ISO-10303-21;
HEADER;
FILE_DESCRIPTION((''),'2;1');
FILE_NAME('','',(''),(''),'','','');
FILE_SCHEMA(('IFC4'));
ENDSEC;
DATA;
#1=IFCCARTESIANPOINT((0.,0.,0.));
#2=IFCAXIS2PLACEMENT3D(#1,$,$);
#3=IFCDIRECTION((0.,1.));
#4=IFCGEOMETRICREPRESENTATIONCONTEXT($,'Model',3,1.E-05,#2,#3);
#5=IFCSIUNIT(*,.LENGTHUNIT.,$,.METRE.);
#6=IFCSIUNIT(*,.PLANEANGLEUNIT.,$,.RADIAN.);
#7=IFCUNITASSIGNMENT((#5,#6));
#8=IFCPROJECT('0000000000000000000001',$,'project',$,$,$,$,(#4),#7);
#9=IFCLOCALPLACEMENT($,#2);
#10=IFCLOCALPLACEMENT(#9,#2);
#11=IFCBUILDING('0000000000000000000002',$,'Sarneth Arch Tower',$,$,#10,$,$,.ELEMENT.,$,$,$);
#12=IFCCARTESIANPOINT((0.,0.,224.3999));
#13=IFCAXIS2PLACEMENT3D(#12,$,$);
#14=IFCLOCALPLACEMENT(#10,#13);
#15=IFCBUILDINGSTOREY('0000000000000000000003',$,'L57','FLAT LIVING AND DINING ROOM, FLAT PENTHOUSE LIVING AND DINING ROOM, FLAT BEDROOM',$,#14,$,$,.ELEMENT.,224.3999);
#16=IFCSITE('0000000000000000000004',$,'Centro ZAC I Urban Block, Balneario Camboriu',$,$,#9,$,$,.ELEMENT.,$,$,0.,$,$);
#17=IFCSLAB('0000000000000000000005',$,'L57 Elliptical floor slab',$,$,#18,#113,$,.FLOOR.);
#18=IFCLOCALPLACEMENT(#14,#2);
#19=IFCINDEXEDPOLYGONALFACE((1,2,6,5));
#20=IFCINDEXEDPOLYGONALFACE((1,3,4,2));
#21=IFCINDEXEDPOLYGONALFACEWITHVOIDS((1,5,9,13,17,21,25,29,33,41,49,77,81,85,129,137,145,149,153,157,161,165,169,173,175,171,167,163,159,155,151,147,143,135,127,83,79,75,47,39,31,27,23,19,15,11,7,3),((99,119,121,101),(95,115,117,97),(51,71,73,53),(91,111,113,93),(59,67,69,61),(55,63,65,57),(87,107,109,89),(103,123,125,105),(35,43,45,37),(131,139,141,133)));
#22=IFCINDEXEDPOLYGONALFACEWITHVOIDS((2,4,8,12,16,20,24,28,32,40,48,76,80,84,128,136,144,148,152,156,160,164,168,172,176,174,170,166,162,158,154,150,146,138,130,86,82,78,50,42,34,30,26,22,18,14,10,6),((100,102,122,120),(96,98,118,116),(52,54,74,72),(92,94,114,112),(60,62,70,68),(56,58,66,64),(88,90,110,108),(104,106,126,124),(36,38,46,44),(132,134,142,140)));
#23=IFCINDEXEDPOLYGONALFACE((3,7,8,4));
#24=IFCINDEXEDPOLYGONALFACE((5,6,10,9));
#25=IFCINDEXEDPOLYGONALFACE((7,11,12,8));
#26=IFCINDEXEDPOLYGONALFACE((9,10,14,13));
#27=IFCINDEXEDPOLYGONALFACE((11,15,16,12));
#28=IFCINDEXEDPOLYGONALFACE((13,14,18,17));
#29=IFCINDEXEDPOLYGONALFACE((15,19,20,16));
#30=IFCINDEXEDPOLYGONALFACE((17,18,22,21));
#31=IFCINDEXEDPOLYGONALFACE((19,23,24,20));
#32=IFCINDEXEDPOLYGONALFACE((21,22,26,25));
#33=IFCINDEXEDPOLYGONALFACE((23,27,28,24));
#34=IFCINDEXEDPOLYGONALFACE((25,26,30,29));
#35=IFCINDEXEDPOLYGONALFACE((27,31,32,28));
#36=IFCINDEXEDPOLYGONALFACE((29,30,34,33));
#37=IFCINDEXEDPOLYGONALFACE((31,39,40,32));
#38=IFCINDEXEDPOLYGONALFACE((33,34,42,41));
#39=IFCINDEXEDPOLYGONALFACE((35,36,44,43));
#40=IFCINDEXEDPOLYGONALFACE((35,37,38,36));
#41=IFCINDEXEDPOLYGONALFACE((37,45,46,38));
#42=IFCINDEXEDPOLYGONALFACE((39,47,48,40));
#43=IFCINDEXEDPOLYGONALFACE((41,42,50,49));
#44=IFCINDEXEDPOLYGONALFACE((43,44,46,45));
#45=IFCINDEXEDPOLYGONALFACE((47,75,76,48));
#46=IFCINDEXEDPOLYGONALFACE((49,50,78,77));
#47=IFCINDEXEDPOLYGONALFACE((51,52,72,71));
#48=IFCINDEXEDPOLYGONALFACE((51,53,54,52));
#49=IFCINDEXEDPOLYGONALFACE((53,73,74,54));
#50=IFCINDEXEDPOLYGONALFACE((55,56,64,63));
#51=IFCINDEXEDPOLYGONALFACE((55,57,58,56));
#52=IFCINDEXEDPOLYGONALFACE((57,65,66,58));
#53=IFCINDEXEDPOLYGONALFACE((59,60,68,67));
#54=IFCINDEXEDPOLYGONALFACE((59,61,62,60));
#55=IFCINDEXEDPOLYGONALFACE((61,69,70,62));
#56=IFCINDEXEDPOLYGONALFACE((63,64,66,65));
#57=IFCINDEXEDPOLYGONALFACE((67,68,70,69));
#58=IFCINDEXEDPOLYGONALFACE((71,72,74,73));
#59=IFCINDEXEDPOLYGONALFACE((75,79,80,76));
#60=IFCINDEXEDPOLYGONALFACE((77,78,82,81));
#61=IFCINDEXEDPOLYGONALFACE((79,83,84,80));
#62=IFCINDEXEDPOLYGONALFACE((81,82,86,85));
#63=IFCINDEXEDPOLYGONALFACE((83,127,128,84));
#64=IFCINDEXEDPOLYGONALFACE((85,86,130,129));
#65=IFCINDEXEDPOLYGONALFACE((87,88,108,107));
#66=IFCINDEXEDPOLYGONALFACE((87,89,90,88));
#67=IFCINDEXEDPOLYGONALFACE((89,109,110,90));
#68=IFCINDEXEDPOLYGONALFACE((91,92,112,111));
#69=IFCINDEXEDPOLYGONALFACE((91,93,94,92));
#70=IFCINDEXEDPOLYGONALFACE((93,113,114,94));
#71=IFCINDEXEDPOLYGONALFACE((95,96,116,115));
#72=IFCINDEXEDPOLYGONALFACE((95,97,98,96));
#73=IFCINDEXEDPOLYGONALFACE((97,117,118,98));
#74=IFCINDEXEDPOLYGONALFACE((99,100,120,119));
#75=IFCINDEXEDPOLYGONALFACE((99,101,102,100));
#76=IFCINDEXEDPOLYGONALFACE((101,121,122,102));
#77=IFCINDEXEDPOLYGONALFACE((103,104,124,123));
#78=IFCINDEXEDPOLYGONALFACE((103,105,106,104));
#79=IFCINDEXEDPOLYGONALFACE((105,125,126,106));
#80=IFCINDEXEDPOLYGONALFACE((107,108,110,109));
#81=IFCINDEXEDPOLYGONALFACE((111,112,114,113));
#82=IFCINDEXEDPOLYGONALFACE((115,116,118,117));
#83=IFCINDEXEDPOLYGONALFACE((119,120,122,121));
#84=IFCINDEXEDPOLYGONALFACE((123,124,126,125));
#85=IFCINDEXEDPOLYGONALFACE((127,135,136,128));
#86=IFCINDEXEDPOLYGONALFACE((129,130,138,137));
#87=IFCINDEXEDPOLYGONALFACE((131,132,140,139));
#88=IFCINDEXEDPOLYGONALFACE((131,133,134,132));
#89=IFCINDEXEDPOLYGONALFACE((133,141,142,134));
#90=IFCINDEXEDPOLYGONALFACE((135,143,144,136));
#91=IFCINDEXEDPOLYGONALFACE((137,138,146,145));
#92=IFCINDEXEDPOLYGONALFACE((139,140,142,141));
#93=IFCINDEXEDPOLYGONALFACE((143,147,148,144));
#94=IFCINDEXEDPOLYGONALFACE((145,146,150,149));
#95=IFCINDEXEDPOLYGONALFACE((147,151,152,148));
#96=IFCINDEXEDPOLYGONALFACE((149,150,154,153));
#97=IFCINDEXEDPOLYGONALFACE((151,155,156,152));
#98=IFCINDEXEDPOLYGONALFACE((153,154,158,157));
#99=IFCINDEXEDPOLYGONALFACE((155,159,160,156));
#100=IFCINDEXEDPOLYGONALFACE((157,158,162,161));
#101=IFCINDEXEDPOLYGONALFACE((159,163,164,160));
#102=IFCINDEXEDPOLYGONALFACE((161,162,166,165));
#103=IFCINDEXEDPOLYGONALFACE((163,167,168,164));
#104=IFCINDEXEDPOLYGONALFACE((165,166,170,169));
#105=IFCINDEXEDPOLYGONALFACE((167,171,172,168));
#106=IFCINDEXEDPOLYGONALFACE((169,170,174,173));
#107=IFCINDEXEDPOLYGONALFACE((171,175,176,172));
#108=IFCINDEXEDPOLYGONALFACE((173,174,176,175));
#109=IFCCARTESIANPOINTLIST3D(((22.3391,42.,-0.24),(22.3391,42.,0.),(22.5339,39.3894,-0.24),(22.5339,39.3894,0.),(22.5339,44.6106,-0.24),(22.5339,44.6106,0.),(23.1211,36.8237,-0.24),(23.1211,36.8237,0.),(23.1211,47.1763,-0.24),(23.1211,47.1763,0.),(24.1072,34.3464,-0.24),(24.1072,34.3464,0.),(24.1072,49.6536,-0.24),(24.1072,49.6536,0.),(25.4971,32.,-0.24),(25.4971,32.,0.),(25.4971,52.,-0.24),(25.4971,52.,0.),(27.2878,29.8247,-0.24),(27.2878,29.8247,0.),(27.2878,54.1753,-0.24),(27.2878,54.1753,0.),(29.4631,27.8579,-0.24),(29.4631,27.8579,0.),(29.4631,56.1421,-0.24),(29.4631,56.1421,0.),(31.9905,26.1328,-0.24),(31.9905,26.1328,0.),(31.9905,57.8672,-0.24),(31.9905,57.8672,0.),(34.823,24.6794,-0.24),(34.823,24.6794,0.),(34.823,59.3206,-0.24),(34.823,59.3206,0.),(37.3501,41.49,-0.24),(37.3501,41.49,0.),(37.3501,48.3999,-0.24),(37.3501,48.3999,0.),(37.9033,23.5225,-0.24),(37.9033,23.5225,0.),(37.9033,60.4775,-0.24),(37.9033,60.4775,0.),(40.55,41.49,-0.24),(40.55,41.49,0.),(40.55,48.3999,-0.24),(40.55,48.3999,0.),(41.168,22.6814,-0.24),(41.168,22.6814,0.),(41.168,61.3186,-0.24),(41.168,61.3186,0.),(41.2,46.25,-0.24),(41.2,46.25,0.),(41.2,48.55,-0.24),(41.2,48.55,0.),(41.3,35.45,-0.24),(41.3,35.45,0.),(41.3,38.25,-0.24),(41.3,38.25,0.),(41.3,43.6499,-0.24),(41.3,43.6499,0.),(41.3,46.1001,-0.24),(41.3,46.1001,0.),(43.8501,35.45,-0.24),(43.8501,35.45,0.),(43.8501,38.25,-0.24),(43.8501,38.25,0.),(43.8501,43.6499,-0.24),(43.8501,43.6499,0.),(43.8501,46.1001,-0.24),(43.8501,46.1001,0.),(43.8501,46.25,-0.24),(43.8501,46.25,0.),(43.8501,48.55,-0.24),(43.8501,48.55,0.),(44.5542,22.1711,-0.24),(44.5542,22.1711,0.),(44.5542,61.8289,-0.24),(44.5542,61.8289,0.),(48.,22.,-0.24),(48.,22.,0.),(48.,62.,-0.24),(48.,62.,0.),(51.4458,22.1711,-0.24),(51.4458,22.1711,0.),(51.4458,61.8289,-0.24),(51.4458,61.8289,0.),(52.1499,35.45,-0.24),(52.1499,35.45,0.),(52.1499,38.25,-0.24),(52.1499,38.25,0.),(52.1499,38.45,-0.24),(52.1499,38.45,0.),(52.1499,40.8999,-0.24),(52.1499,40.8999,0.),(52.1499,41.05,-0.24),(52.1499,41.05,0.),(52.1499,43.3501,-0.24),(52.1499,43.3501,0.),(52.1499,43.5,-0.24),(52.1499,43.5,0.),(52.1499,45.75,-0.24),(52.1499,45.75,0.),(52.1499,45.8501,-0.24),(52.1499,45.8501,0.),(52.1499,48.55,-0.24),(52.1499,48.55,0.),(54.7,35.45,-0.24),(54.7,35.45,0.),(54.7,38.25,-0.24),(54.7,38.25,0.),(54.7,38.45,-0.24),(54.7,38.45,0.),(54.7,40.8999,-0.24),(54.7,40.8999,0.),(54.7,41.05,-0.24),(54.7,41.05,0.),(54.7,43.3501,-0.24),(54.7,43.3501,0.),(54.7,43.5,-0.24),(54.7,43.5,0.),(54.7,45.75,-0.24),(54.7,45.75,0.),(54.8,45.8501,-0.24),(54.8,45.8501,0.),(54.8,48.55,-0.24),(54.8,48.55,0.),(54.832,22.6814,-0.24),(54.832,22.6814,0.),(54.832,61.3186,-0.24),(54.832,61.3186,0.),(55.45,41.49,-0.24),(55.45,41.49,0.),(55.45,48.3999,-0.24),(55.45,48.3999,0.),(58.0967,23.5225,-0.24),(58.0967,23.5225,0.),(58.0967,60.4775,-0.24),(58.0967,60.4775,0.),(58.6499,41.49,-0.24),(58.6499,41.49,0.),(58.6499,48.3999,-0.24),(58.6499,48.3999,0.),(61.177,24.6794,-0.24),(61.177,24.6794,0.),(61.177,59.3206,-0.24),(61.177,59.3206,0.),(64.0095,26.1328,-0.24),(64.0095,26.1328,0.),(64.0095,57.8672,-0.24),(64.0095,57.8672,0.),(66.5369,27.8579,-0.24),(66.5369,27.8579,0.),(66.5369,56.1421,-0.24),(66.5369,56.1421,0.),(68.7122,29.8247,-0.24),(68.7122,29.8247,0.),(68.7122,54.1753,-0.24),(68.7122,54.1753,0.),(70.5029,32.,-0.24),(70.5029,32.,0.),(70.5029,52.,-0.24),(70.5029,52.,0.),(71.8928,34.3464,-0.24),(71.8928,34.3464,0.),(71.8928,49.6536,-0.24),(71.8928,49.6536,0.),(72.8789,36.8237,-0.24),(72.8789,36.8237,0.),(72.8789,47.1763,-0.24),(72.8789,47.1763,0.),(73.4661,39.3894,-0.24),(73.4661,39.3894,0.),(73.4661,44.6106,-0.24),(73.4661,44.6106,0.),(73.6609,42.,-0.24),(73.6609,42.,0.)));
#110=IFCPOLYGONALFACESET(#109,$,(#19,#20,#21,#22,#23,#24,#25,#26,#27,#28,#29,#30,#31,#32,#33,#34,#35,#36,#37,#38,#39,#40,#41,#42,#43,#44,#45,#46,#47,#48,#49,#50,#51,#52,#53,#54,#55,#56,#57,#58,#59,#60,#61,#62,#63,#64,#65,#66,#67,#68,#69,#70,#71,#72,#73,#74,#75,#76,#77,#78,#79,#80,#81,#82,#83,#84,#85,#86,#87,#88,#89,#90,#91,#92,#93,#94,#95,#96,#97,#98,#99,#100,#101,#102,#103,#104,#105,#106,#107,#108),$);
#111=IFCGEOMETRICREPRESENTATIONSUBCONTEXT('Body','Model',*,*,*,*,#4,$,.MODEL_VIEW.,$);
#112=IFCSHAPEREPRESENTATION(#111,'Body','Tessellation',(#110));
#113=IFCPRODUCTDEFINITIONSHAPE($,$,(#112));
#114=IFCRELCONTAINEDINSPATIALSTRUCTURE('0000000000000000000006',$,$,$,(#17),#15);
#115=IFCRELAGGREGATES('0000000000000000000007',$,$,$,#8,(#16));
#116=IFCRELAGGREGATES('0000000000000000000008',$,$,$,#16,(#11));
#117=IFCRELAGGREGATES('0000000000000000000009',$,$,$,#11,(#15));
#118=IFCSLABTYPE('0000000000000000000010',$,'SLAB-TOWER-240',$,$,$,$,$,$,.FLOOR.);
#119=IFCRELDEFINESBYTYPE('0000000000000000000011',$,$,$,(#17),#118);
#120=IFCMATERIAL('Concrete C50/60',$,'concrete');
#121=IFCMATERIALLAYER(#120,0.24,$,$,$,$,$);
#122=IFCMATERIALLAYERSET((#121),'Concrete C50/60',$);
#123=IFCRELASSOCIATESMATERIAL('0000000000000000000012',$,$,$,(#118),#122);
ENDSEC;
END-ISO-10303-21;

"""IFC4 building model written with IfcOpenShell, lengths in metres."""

from ifc_helpers import new_model, si_unit, direction, frame, origin, place, context, subcontext, project, spatial, polyline, outline, extrude, material, layer, layer_set, type_object, element, save


model = new_model("IFC4")

# Units and contexts
model_context = context("Model", 3, precision=1e-05, world=origin(), true_north=direction((0.0, 1.0)))
body_context = subcontext(model_context, "Body", "Model", "MODEL_VIEW")
ifc_project = project(units=[si_unit("LENGTHUNIT", "METRE"), si_unit("PLANEANGLEUNIT", "RADIAN")], contexts=[model_context])

# Site, building, storey
site_placement = place(None, origin())
site = spatial("IfcSite", under=ifc_project, at=site_placement, Name="Centro ZAC I Urban Block, Balneario Camboriu", CompositionType="ELEMENT", RefElevation=0.0)
building_placement = place(site_placement, origin())
building = spatial("IfcBuilding", under=site, at=building_placement, Name="Sarneth Arch Tower", CompositionType="ELEMENT")
storey_placement = place(building_placement, frame((0.0, 0.0, 224.3999)))
storey = spatial("IfcBuildingStorey", under=building, at=storey_placement, Name="L57", Description="FLAT LIVING AND DINING ROOM, FLAT PENTHOUSE LIVING AND DINING ROOM, FLAT BEDROOM", CompositionType="ELEMENT", Elevation=224.3999)

# Slab
ifc_material_1 = material(Name="Concrete C50/60", Category="concrete")
ifc_layer_1 = layer(ifc_material_1, 0.24)
ifc_layer_set_1 = layer_set([ifc_layer_1], Name="Concrete C50/60")
slab_type_1 = type_object("IfcSlabType", Name="SLAB-TOWER-240", PredefinedType="FLOOR", material=ifc_layer_set_1)
slab_1_placement = place(storey_placement, frame((0.0, 0.0, -0.24)))
element("IfcSlab", 1, at=slab_1_placement, inside=storey, type_object=slab_type_1, Name="L57 Elliptical floor slab", PredefinedType="FLOOR", context=body_context, shape_type="SweptSolid", body=[
    extrude(outline(polyline([(73.6609, 42.0), (73.4661, 44.6106), (72.8789, 47.1763), (71.8928, 49.6536), (70.5029, 52.0), (68.7122, 54.1753), (66.5369, 56.1421), (64.0095, 57.8672), (61.177, 59.3206), (58.0967, 60.4775), (54.832, 61.3186), (51.4458, 61.8289), (48.0, 62.0), (44.5542, 61.8289), (41.168, 61.3186), (37.9033, 60.4775), (34.823, 59.3206), (31.9905, 57.8672), (29.4631, 56.1421), (27.2878, 54.1753), (25.4971, 52.0), (24.1072, 49.6536), (23.1211, 47.1763), (22.5339, 44.6106), (22.3391, 42.0), (22.5339, 39.3894), (23.1211, 36.8237), (24.1072, 34.3464), (25.4971, 32.0), (27.2878, 29.8247), (29.4631, 27.8579), (31.9905, 26.1328), (34.823, 24.6794), (37.9033, 23.5225), (41.168, 22.6814), (44.5542, 22.1711), (48.0, 22.0), (51.4458, 22.1711), (54.832, 22.6814), (58.0967, 23.5225), (61.177, 24.6794), (64.0095, 26.1328), (66.5369, 27.8579), (68.7122, 29.8247), (70.5029, 32.0), (71.8928, 34.3464), (72.8789, 36.8237), (73.4661, 39.3894), (73.6609, 42.0)]), holes=[polyline([(37.3501, 41.49), (40.55, 41.49), (40.55, 48.3999), (37.3501, 48.3999), (37.3501, 41.49)]), polyline([(55.45, 41.49), (58.6499, 41.49), (58.6499, 48.3999), (55.45, 48.3999), (55.45, 41.49)]), polyline([(41.2, 46.25), (43.8501, 46.25), (43.8501, 48.55), (41.2, 48.55), (41.2, 46.25)]), polyline([(41.3, 35.45), (43.8501, 35.45), (43.8501, 38.25), (41.3, 38.25), (41.3, 35.45)]), polyline([(52.1499, 35.45), (54.7, 35.45), (54.7, 38.25), (52.1499, 38.25), (52.1499, 35.45)]), polyline([(52.1499, 45.8501), (54.8, 45.8501), (54.8, 48.55), (52.1499, 48.55), (52.1499, 45.8501)]), polyline([(41.3, 43.6499), (43.8501, 43.6499), (43.8501, 46.1001), (41.3, 46.1001), (41.3, 43.6499)]), polyline([(52.1499, 38.45), (54.7, 38.45), (54.7, 40.8999), (52.1499, 40.8999), (52.1499, 38.45)]), polyline([(52.1499, 41.05), (54.7, 41.05), (54.7, 43.3501), (52.1499, 43.3501), (52.1499, 41.05)]), polyline([(52.1499, 43.5), (54.7, 43.5), (54.7, 45.75), (52.1499, 45.75), (52.1499, 43.5)])]), origin(), (0.0, 0.0, 1.0), 0.24),
])

save(model, "model.ifc")
